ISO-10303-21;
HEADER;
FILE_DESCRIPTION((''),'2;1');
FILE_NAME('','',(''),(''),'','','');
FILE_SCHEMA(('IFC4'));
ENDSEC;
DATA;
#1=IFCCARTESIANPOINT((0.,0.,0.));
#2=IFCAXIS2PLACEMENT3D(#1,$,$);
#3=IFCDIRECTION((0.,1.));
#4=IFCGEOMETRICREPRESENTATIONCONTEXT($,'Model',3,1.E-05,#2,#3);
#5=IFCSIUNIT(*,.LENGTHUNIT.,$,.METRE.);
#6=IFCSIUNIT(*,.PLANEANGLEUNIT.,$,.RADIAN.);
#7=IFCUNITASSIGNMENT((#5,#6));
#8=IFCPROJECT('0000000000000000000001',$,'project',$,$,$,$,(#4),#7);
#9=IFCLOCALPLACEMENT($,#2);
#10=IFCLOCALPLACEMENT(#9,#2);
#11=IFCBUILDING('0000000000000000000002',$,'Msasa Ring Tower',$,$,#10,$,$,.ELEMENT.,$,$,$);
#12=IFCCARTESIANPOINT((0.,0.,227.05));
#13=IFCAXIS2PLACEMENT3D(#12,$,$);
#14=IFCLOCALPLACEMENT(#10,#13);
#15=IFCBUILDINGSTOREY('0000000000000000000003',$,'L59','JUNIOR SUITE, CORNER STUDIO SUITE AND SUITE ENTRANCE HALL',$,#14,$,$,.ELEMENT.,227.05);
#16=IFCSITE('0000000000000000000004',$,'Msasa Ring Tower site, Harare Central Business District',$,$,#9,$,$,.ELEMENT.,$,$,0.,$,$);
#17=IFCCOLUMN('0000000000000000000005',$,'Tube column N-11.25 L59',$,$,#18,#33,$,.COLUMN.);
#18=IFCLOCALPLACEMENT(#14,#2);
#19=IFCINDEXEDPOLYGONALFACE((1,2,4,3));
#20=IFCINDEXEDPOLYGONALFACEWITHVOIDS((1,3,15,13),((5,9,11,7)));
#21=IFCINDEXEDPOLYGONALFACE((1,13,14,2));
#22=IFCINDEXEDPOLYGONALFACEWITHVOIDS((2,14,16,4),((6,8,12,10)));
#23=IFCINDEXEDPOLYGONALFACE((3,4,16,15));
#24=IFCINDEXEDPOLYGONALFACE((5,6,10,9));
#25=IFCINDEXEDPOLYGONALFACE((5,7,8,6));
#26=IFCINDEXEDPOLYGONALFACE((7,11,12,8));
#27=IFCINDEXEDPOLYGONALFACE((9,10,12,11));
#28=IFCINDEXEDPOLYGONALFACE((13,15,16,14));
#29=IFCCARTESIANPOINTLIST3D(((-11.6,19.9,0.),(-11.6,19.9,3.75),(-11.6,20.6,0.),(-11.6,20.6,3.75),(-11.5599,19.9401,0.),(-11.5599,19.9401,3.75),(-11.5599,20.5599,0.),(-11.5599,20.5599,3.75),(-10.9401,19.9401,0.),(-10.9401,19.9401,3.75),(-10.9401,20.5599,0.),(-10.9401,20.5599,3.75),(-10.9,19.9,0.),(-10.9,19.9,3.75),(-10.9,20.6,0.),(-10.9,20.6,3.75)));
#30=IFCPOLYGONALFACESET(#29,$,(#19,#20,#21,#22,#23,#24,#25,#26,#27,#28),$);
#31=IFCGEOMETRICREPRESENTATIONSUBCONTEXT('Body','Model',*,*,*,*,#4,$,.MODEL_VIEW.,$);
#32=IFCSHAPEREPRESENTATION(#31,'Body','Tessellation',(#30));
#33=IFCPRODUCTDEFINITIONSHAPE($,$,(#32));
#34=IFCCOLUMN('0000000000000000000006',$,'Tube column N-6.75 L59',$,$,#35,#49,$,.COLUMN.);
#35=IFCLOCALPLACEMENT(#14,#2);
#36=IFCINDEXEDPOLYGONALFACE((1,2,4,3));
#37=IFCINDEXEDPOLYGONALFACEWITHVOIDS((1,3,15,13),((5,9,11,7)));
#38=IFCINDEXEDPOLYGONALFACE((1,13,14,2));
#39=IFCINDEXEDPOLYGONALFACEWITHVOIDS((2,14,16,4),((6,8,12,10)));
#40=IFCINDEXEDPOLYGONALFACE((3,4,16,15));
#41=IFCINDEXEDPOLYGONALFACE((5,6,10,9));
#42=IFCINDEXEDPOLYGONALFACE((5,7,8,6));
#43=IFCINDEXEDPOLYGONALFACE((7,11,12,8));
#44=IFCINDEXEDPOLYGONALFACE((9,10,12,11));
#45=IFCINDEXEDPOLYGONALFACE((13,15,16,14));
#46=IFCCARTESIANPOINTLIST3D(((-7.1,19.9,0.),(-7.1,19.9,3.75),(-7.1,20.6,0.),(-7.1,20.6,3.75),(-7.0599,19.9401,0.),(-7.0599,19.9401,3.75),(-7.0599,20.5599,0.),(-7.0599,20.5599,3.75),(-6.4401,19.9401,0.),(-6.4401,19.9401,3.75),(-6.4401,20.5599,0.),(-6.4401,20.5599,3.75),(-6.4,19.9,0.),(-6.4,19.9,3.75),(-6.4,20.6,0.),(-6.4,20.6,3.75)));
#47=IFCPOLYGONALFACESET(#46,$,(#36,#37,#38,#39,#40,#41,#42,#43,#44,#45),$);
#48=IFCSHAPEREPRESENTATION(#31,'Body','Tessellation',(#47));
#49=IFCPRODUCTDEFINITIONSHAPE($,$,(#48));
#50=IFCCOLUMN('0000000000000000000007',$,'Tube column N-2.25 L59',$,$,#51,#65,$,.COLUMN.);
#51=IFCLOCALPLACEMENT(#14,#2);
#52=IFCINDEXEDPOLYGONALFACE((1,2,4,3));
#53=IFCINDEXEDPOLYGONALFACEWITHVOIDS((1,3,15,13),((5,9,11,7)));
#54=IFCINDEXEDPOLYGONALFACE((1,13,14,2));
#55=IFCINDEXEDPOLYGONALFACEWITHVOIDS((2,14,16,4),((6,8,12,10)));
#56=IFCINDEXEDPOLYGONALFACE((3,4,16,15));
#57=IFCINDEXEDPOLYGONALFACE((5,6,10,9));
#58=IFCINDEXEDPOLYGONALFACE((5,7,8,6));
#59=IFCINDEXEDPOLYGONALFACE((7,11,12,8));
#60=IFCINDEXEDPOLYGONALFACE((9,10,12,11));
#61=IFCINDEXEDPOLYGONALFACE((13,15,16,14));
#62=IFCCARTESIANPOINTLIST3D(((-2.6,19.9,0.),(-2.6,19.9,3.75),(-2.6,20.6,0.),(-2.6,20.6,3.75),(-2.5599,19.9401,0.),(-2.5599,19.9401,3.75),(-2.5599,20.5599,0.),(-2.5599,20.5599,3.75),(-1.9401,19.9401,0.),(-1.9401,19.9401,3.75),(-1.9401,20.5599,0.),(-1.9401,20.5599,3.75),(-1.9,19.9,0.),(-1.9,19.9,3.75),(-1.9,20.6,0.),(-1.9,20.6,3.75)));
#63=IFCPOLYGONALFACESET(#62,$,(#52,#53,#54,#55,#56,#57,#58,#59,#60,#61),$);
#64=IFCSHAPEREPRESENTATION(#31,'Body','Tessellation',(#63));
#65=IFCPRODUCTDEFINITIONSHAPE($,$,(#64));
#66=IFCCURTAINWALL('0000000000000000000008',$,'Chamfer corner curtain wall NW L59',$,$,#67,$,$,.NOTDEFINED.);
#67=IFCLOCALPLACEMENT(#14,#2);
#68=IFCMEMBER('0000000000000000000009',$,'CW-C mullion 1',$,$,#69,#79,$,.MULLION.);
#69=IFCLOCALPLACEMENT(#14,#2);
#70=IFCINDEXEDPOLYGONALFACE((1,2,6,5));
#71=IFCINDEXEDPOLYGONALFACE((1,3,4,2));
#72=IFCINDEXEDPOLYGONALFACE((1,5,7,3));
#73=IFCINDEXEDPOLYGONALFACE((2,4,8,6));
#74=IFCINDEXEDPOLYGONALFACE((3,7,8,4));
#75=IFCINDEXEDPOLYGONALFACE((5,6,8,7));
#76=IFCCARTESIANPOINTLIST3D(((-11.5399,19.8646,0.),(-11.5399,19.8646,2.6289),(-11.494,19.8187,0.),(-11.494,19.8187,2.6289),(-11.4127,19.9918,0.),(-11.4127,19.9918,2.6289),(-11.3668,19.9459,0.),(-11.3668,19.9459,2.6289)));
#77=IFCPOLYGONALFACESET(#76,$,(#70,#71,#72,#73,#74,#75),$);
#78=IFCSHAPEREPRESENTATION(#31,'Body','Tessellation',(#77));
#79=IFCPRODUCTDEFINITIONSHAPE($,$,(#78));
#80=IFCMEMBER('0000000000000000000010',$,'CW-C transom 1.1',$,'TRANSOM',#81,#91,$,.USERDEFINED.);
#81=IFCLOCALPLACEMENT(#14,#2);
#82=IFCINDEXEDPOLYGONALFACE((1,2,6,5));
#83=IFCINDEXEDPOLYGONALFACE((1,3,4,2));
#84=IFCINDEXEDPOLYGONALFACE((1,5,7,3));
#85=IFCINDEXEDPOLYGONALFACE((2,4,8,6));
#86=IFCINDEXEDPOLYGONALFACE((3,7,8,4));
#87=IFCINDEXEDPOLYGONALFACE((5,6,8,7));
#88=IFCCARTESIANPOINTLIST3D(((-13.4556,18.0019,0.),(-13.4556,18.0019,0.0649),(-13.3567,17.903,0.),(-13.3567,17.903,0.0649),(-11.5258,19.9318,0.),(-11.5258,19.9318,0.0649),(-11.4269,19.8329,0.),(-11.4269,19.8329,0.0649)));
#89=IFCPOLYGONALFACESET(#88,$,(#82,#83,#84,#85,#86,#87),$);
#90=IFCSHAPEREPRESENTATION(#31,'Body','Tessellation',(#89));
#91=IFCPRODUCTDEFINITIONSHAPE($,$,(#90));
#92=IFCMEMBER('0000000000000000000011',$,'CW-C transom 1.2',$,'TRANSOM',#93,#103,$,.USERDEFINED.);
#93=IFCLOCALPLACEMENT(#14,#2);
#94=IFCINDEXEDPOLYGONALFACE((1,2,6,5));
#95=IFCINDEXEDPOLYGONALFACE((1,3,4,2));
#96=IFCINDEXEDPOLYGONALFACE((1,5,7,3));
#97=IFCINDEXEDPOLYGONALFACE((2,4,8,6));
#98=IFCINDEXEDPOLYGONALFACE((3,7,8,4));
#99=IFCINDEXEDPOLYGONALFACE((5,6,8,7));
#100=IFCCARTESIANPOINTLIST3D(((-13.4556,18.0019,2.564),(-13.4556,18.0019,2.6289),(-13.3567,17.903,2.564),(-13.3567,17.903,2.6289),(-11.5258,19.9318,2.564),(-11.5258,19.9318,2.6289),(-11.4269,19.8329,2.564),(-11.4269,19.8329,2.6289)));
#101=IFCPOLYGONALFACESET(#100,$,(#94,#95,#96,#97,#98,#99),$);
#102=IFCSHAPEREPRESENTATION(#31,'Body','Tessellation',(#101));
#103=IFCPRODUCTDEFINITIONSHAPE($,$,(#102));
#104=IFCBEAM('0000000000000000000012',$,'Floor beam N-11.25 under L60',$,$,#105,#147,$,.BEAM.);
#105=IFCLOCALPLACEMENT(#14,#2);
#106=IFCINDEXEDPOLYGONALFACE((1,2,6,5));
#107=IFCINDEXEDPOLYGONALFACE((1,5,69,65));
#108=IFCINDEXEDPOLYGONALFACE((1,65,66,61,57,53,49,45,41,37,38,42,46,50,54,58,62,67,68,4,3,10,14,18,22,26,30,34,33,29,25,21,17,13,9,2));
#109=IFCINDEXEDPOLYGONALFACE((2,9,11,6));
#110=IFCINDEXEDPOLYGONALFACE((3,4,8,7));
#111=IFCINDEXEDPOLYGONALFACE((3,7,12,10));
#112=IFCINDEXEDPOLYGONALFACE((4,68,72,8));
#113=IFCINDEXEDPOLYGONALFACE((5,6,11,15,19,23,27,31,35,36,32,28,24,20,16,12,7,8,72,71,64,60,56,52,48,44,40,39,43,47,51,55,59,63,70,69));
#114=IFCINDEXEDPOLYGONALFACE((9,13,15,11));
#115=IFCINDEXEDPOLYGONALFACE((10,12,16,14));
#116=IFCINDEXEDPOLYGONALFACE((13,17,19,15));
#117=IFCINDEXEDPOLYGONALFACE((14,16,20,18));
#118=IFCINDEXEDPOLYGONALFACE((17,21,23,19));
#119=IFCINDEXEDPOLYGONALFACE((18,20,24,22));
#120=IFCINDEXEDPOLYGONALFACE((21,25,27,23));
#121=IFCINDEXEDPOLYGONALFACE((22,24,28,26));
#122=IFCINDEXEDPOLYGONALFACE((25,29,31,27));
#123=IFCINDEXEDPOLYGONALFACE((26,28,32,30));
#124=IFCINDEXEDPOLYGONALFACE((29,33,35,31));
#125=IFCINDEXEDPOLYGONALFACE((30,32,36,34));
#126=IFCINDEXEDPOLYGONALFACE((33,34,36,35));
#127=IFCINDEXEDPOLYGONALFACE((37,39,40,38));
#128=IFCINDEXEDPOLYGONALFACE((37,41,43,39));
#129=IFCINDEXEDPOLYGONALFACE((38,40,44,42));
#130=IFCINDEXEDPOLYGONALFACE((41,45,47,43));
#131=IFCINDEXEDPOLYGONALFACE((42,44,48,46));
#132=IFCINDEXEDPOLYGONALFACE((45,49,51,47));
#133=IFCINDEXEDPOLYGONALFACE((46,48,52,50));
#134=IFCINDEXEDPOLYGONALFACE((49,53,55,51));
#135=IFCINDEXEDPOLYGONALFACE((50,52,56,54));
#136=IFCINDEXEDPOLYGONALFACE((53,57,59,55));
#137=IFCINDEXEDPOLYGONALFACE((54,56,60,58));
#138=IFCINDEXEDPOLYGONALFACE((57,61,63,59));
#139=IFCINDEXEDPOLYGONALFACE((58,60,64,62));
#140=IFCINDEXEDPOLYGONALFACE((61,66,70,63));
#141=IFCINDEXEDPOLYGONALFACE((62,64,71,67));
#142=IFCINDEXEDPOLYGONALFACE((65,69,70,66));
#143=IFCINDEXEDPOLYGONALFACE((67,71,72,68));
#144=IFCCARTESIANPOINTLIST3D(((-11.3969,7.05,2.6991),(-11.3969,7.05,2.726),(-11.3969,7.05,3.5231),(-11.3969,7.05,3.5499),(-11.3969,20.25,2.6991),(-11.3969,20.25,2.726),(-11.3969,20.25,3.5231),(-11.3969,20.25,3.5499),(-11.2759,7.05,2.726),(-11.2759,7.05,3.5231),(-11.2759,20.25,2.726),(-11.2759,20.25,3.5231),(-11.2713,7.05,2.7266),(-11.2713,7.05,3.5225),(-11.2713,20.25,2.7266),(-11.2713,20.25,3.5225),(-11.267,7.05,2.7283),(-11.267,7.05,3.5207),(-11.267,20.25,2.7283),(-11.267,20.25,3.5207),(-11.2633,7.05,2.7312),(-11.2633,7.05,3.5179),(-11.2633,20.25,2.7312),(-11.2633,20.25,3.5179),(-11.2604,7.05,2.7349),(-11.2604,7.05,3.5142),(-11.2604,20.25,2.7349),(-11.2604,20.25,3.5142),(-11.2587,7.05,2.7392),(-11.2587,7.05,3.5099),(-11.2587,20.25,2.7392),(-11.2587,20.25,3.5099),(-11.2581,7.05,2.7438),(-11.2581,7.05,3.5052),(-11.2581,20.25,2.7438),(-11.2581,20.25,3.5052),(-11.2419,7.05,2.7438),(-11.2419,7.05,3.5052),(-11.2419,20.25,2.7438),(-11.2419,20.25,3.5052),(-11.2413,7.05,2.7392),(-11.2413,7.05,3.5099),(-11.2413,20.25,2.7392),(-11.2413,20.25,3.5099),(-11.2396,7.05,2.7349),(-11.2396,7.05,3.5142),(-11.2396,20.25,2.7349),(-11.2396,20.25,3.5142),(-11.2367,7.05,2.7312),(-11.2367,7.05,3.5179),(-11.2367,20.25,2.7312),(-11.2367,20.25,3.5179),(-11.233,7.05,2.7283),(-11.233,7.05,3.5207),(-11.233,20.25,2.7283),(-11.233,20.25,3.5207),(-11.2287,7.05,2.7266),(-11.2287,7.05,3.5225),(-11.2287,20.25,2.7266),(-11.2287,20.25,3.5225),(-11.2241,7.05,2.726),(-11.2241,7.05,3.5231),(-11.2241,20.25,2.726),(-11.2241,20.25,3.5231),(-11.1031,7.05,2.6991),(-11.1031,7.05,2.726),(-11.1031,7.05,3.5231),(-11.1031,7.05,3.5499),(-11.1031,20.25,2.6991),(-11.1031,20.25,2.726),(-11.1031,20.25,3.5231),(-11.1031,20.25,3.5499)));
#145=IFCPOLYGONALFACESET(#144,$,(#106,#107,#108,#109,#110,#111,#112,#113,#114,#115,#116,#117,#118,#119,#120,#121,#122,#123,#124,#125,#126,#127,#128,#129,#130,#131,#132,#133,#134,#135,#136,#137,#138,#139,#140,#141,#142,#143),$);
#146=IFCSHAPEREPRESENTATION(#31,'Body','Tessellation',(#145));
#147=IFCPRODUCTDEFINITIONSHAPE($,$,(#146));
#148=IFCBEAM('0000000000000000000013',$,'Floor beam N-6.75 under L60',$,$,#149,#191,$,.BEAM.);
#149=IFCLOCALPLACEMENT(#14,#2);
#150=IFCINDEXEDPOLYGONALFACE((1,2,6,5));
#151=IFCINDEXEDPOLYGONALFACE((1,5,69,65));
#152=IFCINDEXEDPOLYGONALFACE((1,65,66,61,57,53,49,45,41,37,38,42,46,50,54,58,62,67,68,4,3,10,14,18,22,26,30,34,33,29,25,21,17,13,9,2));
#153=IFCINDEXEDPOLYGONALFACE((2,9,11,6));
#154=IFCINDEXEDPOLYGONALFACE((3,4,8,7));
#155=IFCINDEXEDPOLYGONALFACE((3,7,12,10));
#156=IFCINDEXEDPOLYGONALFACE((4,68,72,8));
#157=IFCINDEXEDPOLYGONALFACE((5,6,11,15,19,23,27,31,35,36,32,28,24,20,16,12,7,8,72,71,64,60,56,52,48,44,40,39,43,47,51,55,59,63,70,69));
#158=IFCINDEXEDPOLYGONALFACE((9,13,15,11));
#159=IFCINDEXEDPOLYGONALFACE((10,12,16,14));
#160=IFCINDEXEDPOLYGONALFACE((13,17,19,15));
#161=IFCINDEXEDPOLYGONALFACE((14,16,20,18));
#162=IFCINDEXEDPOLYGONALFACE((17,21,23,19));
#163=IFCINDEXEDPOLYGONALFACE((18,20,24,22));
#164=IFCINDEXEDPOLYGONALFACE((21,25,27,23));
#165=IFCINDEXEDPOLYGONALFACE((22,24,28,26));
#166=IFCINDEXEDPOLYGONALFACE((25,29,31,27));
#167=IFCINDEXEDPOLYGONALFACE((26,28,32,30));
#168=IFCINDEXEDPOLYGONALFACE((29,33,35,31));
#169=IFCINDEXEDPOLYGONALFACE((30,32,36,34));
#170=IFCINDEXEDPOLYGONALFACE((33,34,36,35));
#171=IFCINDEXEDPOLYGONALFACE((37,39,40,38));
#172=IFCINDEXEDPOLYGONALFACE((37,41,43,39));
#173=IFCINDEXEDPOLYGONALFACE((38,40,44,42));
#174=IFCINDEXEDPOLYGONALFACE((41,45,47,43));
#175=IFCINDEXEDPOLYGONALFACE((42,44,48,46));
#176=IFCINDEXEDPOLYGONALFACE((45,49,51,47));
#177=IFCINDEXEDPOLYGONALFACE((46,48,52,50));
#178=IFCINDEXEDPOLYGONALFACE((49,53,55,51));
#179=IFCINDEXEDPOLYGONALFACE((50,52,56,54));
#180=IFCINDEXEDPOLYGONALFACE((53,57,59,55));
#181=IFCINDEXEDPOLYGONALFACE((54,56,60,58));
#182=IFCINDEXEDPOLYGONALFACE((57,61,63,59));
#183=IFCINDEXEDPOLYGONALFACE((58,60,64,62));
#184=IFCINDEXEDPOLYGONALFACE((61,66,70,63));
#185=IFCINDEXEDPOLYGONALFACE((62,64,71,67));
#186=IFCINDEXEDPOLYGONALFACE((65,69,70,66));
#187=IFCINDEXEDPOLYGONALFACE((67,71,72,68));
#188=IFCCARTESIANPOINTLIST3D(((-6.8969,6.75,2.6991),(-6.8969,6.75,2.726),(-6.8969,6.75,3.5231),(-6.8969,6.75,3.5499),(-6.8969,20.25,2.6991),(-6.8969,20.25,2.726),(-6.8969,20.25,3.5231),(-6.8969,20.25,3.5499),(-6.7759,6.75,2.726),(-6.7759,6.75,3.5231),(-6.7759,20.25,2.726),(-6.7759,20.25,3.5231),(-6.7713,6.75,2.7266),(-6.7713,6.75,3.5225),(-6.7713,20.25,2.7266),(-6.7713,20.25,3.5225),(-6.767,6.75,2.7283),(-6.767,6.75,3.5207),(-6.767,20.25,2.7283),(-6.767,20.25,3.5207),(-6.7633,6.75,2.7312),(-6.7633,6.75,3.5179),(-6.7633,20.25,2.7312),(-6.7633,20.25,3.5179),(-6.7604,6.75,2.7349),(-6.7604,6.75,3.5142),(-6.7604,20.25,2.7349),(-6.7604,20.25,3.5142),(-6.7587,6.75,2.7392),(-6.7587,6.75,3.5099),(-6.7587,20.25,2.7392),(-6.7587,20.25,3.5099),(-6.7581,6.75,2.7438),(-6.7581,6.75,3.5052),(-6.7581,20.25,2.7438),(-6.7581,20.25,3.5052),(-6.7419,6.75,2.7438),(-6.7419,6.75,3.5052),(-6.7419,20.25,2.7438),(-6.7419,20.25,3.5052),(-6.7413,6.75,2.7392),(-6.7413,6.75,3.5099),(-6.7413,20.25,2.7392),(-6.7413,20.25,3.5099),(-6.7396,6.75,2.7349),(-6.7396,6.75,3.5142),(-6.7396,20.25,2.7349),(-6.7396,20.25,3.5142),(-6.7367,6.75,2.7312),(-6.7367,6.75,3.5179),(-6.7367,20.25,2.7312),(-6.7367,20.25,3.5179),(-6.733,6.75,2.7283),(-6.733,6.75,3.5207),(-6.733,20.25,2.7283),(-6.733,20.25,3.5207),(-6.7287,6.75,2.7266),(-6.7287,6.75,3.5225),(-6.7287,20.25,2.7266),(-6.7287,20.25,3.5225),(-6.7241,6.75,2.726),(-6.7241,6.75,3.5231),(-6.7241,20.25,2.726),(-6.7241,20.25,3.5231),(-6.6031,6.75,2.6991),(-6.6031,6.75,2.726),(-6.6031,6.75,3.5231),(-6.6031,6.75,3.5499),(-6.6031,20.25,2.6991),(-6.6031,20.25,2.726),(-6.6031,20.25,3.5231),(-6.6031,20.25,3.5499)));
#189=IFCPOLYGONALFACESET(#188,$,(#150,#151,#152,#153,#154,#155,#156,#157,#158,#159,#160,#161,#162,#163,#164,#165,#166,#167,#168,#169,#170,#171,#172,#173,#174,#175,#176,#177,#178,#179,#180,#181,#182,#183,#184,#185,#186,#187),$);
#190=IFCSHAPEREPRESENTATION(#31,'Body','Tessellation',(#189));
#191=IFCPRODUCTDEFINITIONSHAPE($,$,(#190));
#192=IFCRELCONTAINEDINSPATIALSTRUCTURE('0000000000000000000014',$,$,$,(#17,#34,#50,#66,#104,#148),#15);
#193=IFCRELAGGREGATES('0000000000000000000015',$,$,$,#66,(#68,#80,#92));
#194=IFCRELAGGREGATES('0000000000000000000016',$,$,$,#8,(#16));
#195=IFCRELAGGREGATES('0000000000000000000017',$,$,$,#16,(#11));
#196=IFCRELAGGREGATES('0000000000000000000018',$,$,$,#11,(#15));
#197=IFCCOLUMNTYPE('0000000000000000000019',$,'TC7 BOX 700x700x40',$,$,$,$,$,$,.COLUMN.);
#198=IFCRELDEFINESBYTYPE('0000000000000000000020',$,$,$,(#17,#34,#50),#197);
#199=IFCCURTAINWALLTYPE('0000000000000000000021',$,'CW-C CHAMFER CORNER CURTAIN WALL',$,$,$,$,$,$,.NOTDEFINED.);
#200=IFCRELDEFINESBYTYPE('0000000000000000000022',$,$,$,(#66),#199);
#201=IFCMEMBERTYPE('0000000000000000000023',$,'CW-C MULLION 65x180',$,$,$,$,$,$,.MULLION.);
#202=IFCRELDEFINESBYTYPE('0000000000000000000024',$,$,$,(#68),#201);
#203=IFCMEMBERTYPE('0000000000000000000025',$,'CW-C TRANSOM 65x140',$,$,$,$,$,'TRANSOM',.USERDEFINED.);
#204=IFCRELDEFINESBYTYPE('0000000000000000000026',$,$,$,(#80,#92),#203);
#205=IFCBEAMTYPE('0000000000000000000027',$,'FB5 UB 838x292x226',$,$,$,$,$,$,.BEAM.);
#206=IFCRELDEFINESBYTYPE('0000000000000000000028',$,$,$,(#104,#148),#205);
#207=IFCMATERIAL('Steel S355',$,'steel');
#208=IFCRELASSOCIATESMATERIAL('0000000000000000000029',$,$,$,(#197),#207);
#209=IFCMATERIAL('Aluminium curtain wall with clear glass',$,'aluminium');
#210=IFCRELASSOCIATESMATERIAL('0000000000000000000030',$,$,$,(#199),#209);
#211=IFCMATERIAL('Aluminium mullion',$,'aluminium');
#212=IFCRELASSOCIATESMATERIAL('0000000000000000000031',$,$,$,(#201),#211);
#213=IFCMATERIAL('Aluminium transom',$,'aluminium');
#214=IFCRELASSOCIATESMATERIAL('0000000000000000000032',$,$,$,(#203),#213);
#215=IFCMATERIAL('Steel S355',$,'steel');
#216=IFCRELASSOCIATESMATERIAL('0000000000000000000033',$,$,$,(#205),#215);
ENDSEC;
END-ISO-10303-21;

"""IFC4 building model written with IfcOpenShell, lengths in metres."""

from ifc_helpers import new_model, si_unit, direction, frame, origin, origin_2d, place, context, subcontext, project, spatial, rectangle, hollow_rectangle, i_section, extrude, material, material_profile, profile_set, type_object, element, aggregate, save


model = new_model("IFC4")

# Units and contexts
model_context = context("Model", 3, precision=1e-05, world=origin(), true_north=direction((0.0, 1.0)))
body_context = subcontext(model_context, "Body", "Model", "MODEL_VIEW")
ifc_project = project(units=[si_unit("LENGTHUNIT", "METRE"), si_unit("PLANEANGLEUNIT", "RADIAN")], contexts=[model_context])

# Site, building, storey
site_placement = place(None, origin())
site = spatial("IfcSite", under=ifc_project, at=site_placement, Name="Msasa Ring Tower site, Harare Central Business District", CompositionType="ELEMENT", RefElevation=0.0)
building_placement = place(site_placement, origin())
building = spatial("IfcBuilding", under=site, at=building_placement, Name="Msasa Ring Tower", CompositionType="ELEMENT")
storey_placement = place(building_placement, frame((0.0, 0.0, 227.05)))
storey = spatial("IfcBuildingStorey", under=building, at=storey_placement, Name="L59", Description="JUNIOR SUITE, CORNER STUDIO SUITE AND SUITE ENTRANCE HALL", CompositionType="ELEMENT", Elevation=227.05)

# Columns
ifc_material_1 = material(Name="Steel S355", Category="steel")
ifc_material_profile_1 = material_profile(ifc_material_1, hollow_rectangle(XDim=0.7, YDim=0.7, WallThickness=0.04, at=origin_2d()), Name="BOX 700x700x40")
ifc_profile_set_1 = profile_set([ifc_material_profile_1], Name="Steel S355")
column_type = type_object("IfcColumnType", Name="TC7 BOX 700x700x40", PredefinedType="COLUMN", material=ifc_profile_set_1)
for number, where, z_axis, x_axis, name in (
    (1, (-11.25, 20.25, 0.0), (0.0, 0.0, 1.0), (0.0, 1.0, 0.0), "Tube column N-11.25 L59"),
    (2, (-6.75, 20.25, 0.0), (0.0, 0.0, 1.0), (0.0, 1.0, 0.0), "Tube column N-6.75 L59"),
    (3, (-2.25, 20.25, 0.0), (0.0, 0.0, 1.0), (0.0, 1.0, 0.0), "Tube column N-2.25 L59"),
):
    element("IfcColumn", number, at=place(storey_placement, frame(where, z_axis=z_axis, x_axis=x_axis)), inside=storey, type_object=column_type, Name=name, PredefinedType="COLUMN", context=body_context, shape_type="SweptSolid", body=[
        extrude(hollow_rectangle(XDim=0.7, YDim=0.7, WallThickness=0.04, at=origin_2d()), origin(), (0.0, 0.0, 1.0), 3.75),
    ])

# Curtain wall, members
ifc_material_2 = material(Name="Aluminium curtain wall with clear glass", Category="aluminium")
curtain_wall_type = type_object("IfcCurtainWallType", Name="CW-C CHAMFER CORNER CURTAIN WALL", PredefinedType="NOTDEFINED", material=ifc_material_2)
curtain_wall_placement = place(storey_placement, origin())
curtain_wall = element("IfcCurtainWall", 4, at=curtain_wall_placement, inside=storey, type_object=curtain_wall_type, Name="Chamfer corner curtain wall NW L59", PredefinedType="NOTDEFINED")
ifc_material_3 = material(Name="Aluminium mullion", Category="aluminium")
ifc_material_profile_2 = material_profile(ifc_material_3, rectangle(XDim=0.0649, YDim=0.1799, at=origin_2d()), Name="AL 65x180")
ifc_profile_set_2 = profile_set([ifc_material_profile_2], Name="Aluminium mullion")
member_type_1 = type_object("IfcMemberType", Name="CW-C MULLION 65x180", PredefinedType="MULLION", material=ifc_profile_set_2)
member_1_placement = place(storey_placement, frame((-11.4534, 19.9053, 0.0), z_axis=(0.0, 0.0, 1.0), x_axis=(0.707107, -0.707107, 0.0)))
member_1 = element("IfcMember", 5, at=member_1_placement, type_object=member_type_1, Name="CW-C mullion 1", PredefinedType="MULLION", context=body_context, shape_type="SweptSolid", body=[
    extrude(rectangle(XDim=0.0649, YDim=0.1799, at=origin_2d()), origin(), (0.0, 0.0, 1.0), 2.6289),
])
ifc_material_4 = material(Name="Aluminium transom", Category="aluminium")
ifc_material_profile_3 = material_profile(ifc_material_4, rectangle(XDim=0.1399, YDim=0.0649, at=origin_2d()), Name="AL 65x140")
ifc_profile_set_3 = profile_set([ifc_material_profile_3], Name="Aluminium transom")
member_type_2 = type_object("IfcMemberType", Name="CW-C TRANSOM 65x140", ElementType="TRANSOM", PredefinedType="USERDEFINED", material=ifc_profile_set_3)
member_2_placement = place(storey_placement, frame((-11.4763, 19.8823, 0.0325), z_axis=(-0.707107, -0.707107, 0.0), x_axis=(0.707107, -0.707107, 0.0)))
member_2 = element("IfcMember", 6, at=member_2_placement, type_object=member_type_2, Name="CW-C transom 1.1", ObjectType="TRANSOM", PredefinedType="USERDEFINED", context=body_context, shape_type="SweptSolid", body=[
    extrude(rectangle(XDim=0.1399, YDim=0.0649, at=origin_2d()), origin(), (0.0, 0.0, 1.0), 2.7292),
])
member_3_placement = place(storey_placement, frame((-11.4763, 19.8823, 2.5964), z_axis=(-0.707107, -0.707107, 0.0), x_axis=(0.707107, -0.707107, 0.0)))
member_3 = element("IfcMember", 7, at=member_3_placement, type_object=member_type_2, Name="CW-C transom 1.2", ObjectType="TRANSOM", PredefinedType="USERDEFINED", context=body_context, shape_type="SweptSolid", body=[
    extrude(rectangle(XDim=0.1399, YDim=0.0649, at=origin_2d()), origin(), (0.0, 0.0, 1.0), 2.7292),
])
aggregate(curtain_wall, [member_1, member_2, member_3])

# Beams
ifc_material_5 = material(Name="Steel S355", Category="steel")
ifc_material_profile_4 = material_profile(ifc_material_5, i_section(OverallWidth=0.2937, OverallDepth=0.8508, WebThickness=0.0161, FlangeThickness=0.0269, FilletRadius=0.0178, at=origin_2d()), Name="UB 838x292x226")
ifc_profile_set_4 = profile_set([ifc_material_profile_4], Name="Steel S355")
beam_type_1 = type_object("IfcBeamType", Name="FB5 UB 838x292x226", PredefinedType="BEAM", material=ifc_profile_set_4)
beam_1_placement = place(storey_placement, frame((-11.25, 20.25, 3.1245), z_axis=(0.0, -1.0, 0.0), x_axis=(1.0, 0.0, 0.0)))
element("IfcBeam", 8, at=beam_1_placement, inside=storey, type_object=beam_type_1, Name="Floor beam N-11.25 under L60", PredefinedType="BEAM", context=body_context, shape_type="SweptSolid", body=[
    extrude(i_section(OverallWidth=0.2937, OverallDepth=0.8508, WebThickness=0.0161, FlangeThickness=0.0269, FilletRadius=0.0178, at=origin_2d()), origin(), (0.0, 0.0, 1.0), 13.2),
])
for number, where, z_axis, x_axis, name in (
    (9, (-6.75, 20.25, 3.1245), (0.0, -1.0, 0.0), (1.0, 0.0, 0.0), "Floor beam N-6.75 under L60"),
):
    element("IfcBeam", number, at=place(storey_placement, frame(where, z_axis=z_axis, x_axis=x_axis)), inside=storey, type_object=beam_type_1, Name=name, PredefinedType="BEAM", context=body_context, shape_type="SweptSolid", body=[
        extrude(i_section(OverallWidth=0.2937, OverallDepth=0.8508, WebThickness=0.0161, FlangeThickness=0.0269, FilletRadius=0.0178, at=origin_2d()), origin(), (0.0, 0.0, 1.0), 13.5),
    ])

save(model, "model.ifc")
